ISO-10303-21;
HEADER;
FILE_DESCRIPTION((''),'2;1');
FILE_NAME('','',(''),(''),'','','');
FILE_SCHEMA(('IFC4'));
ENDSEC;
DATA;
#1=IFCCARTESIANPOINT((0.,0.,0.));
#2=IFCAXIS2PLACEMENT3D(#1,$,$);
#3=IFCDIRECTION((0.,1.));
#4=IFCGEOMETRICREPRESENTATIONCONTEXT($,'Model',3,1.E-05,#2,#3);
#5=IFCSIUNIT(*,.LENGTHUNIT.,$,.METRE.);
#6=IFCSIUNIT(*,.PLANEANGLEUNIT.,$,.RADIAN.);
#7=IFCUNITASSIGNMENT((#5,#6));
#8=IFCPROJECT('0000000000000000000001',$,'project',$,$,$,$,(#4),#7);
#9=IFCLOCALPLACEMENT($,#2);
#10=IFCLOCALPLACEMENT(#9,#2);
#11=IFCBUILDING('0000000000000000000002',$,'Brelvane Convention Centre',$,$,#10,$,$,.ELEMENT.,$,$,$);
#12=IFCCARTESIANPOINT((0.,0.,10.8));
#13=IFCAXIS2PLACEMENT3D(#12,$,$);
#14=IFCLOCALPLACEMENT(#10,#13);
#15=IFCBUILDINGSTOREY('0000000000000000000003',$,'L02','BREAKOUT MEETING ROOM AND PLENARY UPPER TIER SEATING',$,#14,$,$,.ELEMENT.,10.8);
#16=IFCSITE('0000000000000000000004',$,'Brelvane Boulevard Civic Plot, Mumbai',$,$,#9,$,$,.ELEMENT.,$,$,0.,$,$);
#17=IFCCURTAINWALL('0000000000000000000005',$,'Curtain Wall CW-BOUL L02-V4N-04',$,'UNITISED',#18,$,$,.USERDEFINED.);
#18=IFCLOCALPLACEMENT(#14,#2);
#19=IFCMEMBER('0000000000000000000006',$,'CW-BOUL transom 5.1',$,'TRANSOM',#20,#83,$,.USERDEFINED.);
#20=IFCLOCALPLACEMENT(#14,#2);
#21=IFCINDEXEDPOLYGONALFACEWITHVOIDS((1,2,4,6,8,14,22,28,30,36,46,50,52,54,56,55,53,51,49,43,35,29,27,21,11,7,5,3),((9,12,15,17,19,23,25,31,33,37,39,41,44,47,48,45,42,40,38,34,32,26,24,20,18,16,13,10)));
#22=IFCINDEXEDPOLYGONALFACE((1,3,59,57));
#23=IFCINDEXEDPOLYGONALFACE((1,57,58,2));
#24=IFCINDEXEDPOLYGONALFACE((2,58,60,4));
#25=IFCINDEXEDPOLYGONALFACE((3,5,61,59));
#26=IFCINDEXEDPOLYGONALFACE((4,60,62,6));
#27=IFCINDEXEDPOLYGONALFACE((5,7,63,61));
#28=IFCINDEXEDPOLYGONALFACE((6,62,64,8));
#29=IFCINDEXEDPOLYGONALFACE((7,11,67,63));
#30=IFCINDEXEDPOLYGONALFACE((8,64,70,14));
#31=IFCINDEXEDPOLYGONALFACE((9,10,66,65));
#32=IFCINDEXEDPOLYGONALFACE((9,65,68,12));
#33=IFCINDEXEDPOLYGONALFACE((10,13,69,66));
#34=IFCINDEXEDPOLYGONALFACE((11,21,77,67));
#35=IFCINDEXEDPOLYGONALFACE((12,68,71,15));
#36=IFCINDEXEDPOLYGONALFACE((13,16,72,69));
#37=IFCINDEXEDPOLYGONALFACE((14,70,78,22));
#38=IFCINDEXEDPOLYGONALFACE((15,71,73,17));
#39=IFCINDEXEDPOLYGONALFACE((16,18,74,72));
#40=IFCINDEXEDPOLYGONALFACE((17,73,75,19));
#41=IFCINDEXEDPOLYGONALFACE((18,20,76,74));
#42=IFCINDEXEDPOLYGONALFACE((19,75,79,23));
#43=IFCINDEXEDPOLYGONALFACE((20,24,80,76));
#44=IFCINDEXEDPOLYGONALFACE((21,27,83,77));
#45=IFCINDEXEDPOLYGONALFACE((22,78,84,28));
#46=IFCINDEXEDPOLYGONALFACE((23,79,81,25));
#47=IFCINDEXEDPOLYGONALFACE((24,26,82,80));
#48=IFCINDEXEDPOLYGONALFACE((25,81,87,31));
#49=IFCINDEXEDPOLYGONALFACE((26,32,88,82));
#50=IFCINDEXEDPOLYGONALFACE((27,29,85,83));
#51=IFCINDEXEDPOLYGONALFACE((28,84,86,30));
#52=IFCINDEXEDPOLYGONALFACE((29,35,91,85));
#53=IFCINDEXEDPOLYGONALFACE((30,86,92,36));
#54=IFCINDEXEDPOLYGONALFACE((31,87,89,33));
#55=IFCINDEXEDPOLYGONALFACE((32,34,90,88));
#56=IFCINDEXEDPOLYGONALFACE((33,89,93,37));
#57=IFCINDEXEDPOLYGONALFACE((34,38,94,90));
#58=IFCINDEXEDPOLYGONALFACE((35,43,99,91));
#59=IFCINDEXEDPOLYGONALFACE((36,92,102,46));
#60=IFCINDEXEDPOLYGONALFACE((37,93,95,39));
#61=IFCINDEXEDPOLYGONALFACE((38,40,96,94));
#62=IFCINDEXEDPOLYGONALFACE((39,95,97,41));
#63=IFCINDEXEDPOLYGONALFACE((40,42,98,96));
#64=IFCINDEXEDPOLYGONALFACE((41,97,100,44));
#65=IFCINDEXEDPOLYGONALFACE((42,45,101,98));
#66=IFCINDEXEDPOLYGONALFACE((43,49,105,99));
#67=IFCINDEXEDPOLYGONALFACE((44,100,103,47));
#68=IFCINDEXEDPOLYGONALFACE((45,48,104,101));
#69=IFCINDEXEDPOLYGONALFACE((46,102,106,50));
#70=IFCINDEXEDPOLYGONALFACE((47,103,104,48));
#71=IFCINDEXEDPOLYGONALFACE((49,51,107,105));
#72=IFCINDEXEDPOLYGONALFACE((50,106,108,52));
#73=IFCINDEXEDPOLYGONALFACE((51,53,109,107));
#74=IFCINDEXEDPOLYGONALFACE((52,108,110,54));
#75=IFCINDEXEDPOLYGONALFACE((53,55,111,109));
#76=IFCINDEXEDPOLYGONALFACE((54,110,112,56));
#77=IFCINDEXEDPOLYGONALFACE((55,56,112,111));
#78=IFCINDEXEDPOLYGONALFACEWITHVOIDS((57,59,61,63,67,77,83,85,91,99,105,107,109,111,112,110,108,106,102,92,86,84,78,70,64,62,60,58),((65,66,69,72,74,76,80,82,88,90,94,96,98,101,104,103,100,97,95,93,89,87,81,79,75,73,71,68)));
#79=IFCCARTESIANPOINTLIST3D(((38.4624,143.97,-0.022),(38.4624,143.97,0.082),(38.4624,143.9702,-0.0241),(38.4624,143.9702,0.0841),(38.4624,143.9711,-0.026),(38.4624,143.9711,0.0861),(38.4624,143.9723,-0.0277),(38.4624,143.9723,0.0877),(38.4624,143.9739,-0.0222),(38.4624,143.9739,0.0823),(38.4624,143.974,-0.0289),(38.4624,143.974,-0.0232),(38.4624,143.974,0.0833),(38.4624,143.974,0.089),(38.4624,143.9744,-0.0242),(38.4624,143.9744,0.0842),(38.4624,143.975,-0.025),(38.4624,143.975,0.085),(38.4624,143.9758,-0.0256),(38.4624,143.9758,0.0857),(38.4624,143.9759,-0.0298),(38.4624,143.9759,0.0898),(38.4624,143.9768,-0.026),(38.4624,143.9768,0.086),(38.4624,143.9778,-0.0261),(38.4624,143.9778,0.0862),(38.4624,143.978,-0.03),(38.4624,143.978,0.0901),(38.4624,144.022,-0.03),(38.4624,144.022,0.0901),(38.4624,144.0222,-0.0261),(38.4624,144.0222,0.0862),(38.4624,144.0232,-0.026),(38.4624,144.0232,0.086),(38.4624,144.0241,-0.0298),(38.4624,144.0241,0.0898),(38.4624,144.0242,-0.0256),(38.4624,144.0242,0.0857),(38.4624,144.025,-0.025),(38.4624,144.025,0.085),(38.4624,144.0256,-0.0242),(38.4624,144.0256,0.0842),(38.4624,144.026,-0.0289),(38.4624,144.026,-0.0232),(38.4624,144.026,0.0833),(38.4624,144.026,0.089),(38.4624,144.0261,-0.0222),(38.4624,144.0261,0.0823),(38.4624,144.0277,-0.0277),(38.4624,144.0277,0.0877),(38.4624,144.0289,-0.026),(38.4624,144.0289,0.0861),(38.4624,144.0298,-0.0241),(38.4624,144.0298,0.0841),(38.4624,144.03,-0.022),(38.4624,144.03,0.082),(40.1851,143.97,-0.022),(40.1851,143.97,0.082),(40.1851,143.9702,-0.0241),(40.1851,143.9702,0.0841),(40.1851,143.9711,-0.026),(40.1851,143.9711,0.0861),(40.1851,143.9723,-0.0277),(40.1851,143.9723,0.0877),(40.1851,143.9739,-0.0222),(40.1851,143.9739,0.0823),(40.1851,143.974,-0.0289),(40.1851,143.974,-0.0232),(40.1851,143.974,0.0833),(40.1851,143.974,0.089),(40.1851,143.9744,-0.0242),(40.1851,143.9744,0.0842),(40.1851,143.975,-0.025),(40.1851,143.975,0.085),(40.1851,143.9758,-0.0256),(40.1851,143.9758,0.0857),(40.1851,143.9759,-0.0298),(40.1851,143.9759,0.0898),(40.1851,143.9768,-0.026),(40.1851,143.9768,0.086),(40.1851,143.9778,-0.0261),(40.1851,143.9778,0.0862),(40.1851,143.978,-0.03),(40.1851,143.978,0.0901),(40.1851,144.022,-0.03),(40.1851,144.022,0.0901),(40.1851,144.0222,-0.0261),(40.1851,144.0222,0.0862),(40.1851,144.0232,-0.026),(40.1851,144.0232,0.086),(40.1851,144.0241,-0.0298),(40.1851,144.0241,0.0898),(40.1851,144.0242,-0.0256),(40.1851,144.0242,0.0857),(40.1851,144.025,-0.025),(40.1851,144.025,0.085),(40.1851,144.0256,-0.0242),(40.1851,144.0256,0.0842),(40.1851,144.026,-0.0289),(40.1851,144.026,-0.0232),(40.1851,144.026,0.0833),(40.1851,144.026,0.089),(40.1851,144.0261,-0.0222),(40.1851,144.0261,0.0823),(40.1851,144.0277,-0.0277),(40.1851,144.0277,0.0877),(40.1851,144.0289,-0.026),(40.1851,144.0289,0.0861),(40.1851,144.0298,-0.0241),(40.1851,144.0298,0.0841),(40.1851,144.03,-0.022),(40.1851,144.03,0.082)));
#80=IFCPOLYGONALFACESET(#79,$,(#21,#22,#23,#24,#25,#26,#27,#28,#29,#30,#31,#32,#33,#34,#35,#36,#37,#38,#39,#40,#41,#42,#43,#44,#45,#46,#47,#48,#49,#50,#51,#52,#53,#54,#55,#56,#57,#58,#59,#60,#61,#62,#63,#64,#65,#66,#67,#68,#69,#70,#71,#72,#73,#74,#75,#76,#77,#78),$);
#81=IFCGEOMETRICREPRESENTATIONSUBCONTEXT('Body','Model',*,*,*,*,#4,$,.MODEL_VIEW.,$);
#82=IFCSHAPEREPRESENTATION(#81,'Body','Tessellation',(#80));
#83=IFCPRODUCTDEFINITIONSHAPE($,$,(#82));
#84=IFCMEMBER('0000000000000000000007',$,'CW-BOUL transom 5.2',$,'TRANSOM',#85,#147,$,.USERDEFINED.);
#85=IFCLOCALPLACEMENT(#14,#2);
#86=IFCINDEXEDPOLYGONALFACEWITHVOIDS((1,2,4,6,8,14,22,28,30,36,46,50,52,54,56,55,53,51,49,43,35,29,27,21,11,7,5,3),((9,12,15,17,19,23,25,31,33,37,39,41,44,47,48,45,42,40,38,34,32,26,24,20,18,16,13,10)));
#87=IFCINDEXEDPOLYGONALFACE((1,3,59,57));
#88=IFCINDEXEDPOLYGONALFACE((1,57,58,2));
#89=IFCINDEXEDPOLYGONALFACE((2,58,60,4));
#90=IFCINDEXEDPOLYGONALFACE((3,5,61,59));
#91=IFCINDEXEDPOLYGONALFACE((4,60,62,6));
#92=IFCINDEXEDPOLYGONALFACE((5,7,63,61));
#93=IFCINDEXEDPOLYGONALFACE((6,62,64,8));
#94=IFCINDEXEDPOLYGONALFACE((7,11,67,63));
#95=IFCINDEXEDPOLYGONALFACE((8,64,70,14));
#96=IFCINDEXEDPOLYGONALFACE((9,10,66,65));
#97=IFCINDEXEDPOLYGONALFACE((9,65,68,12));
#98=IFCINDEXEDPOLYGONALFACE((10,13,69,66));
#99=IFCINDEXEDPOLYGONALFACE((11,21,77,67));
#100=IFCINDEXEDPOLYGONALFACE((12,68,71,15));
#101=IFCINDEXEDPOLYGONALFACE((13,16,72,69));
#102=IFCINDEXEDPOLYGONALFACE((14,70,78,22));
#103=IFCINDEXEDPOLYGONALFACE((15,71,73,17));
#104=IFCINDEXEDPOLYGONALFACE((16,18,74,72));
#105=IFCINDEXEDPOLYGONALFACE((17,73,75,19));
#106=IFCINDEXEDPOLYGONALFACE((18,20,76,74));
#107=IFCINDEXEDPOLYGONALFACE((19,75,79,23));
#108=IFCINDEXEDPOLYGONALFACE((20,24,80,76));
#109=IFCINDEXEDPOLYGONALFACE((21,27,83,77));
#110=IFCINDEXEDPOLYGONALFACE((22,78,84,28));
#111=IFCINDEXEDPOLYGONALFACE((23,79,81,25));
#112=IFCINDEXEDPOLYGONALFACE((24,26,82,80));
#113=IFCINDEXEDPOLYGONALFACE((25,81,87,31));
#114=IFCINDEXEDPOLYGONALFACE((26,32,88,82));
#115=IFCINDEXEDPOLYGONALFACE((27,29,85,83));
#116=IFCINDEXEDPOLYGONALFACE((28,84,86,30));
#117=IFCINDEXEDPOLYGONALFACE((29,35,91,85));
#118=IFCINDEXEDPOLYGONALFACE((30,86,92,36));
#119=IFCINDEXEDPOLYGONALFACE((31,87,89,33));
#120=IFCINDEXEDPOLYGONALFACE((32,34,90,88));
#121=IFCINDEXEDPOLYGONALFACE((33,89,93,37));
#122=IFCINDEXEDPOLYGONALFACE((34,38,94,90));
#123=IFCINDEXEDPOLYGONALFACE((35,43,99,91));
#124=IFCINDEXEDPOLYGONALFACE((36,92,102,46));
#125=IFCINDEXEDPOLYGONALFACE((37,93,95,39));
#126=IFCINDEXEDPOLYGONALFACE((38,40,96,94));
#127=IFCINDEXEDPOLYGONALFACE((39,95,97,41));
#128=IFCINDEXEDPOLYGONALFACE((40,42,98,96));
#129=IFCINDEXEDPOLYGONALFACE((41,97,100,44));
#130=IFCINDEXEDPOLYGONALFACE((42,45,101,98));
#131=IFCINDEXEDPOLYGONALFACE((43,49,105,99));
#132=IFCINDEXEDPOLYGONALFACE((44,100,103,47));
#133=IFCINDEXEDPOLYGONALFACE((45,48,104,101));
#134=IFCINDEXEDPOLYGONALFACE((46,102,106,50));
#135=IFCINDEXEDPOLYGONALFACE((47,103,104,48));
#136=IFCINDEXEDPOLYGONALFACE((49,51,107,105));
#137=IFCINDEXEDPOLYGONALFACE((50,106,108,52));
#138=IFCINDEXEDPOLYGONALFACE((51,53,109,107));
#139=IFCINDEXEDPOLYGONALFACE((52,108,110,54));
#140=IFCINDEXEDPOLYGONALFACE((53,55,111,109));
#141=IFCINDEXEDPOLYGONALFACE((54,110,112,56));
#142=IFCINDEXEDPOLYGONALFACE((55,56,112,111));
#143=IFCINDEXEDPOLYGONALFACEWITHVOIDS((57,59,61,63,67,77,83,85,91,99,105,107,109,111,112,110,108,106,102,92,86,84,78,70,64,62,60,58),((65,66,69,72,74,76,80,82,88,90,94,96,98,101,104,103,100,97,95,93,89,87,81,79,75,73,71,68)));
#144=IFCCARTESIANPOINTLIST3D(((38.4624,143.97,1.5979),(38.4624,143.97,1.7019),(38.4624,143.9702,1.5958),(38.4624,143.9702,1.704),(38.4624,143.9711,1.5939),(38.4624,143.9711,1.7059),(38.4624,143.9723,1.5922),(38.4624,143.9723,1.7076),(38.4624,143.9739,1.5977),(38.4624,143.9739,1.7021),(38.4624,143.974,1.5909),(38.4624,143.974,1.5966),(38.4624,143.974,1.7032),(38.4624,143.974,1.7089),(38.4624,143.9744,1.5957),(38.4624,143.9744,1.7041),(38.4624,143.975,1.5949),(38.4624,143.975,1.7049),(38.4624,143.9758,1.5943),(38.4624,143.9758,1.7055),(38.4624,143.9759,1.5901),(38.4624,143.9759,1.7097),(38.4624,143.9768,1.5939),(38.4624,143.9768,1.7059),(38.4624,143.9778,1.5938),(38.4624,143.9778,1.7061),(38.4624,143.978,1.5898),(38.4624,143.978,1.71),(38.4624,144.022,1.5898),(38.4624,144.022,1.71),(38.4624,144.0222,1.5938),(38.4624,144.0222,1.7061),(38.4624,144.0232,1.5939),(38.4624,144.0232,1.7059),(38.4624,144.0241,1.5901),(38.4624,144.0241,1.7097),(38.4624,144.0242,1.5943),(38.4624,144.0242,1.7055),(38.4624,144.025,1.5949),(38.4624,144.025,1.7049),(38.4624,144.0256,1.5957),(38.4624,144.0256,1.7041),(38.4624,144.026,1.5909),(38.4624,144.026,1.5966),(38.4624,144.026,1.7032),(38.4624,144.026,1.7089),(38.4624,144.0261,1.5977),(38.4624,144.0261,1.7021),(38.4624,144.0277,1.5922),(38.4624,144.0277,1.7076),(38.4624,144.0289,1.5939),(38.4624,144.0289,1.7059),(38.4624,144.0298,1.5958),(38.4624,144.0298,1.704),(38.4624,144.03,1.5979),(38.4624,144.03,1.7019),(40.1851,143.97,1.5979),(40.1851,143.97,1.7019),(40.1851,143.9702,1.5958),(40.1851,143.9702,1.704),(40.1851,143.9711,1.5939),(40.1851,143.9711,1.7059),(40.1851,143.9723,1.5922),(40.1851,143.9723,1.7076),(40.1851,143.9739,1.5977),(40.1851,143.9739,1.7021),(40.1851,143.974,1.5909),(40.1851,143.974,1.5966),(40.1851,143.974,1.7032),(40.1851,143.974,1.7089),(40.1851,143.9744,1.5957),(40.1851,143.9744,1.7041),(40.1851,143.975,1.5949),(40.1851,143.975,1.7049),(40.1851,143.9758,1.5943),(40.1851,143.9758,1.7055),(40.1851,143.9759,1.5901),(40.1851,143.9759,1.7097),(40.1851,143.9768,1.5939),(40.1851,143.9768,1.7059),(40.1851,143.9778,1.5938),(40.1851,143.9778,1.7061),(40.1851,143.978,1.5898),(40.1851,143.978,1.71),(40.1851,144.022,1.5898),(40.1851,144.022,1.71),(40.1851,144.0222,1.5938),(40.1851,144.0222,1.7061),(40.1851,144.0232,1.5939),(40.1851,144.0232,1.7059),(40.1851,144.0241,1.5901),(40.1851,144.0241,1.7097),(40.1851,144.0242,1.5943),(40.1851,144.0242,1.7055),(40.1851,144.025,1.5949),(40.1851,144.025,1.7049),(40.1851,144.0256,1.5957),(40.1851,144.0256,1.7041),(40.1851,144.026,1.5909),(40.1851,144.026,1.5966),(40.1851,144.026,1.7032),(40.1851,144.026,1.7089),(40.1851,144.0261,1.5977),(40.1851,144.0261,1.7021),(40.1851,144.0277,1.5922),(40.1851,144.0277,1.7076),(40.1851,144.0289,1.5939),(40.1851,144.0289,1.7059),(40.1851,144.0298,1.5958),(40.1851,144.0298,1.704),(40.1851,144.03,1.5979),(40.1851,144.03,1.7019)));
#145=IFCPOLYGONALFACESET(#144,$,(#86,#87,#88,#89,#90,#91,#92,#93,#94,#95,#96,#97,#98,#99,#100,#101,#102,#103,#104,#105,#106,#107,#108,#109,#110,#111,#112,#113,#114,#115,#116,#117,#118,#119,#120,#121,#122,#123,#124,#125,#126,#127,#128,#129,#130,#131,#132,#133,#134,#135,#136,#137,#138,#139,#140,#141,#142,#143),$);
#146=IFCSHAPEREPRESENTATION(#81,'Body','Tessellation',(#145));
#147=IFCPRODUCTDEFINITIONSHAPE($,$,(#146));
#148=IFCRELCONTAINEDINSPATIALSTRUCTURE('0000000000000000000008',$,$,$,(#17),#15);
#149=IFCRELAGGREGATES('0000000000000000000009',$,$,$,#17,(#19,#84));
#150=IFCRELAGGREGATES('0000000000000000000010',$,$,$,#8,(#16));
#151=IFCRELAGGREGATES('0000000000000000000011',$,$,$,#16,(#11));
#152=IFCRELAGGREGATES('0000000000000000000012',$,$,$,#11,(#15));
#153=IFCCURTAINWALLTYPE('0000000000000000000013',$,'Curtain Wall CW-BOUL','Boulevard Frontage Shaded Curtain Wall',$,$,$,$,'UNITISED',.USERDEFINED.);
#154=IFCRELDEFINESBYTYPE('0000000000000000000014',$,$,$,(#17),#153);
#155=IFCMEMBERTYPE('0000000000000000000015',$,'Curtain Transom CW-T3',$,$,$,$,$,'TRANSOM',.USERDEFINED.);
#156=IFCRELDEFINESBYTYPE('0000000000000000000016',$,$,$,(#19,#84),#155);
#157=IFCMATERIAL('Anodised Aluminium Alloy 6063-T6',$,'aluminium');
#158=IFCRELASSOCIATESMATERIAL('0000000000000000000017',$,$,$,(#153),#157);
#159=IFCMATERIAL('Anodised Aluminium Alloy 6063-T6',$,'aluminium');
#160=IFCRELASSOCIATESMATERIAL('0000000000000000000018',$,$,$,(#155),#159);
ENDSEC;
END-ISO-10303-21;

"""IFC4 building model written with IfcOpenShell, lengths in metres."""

from ifc_helpers import new_model, si_unit, direction, frame, origin, origin_2d, place, context, subcontext, project, spatial, hollow_rectangle, extrude, material, material_profile, profile_set, type_object, element, aggregate, save


model = new_model("IFC4")

# Units and contexts
model_context = context("Model", 3, precision=1e-05, world=origin(), true_north=direction((0.0, 1.0)))
body_context = subcontext(model_context, "Body", "Model", "MODEL_VIEW")
ifc_project = project(units=[si_unit("LENGTHUNIT", "METRE"), si_unit("PLANEANGLEUNIT", "RADIAN")], contexts=[model_context])

# Site, building, storey
site_placement = place(None, origin())
site = spatial("IfcSite", under=ifc_project, at=site_placement, Name="Brelvane Boulevard Civic Plot, Mumbai", CompositionType="ELEMENT", RefElevation=0.0)
building_placement = place(site_placement, origin())
building = spatial("IfcBuilding", under=site, at=building_placement, Name="Brelvane Convention Centre", CompositionType="ELEMENT")
storey_placement = place(building_placement, frame((0.0, 0.0, 10.8)))
storey = spatial("IfcBuildingStorey", under=building, at=storey_placement, Name="L02", Description="BREAKOUT MEETING ROOM AND PLENARY UPPER TIER SEATING", CompositionType="ELEMENT", Elevation=10.8)

# Curtain wall, members
ifc_material_1 = material(Name="Anodised Aluminium Alloy 6063-T6", Category="aluminium")
curtain_wall_type = type_object("IfcCurtainWallType", Name="Curtain Wall CW-BOUL", Description="Boulevard Frontage Shaded Curtain Wall", ElementType="UNITISED", PredefinedType="USERDEFINED", material=ifc_material_1)
curtain_wall_placement = place(storey_placement, origin())
curtain_wall = element("IfcCurtainWall", 1, at=curtain_wall_placement, inside=storey, type_object=curtain_wall_type, Name="Curtain Wall CW-BOUL L02-V4N-04", ObjectType="UNITISED", PredefinedType="USERDEFINED")
ifc_material_2 = material(Name="Anodised Aluminium Alloy 6063-T6", Category="aluminium")
ifc_material_profile_1 = material_profile(ifc_material_2, hollow_rectangle(XDim=0.0601, YDim=0.1201, WallThickness=0.0039, InnerFilletRadius=0.0039, OuterFilletRadius=0.0081, at=origin_2d()), Name="ALU-T 120x60x4.0")
ifc_profile_set_1 = profile_set([ifc_material_profile_1], Name="Anodised Aluminium Alloy 6063-T6")
member_type_1 = type_object("IfcMemberType", Name="Curtain Transom CW-T3", ElementType="TRANSOM", PredefinedType="USERDEFINED", material=ifc_profile_set_1)
member_1_placement = place(storey_placement, frame((38.4624, 144.0, 0.03), z_axis=(1.0, 0.0, 0.0), x_axis=(0.0, 1.0, 0.0)))
member_1 = element("IfcMember", 2, at=member_1_placement, type_object=member_type_1, Name="CW-BOUL transom 5.1", ObjectType="TRANSOM", PredefinedType="USERDEFINED", context=body_context, shape_type="SweptSolid", body=[
    extrude(hollow_rectangle(XDim=0.0601, YDim=0.1201, WallThickness=0.0039, InnerFilletRadius=0.0039, OuterFilletRadius=0.0081, at=origin_2d()), origin(), (0.0, 0.0, 1.0), 1.7227),
])
member_2_placement = place(storey_placement, frame((38.4624, 144.0, 1.6499), z_axis=(1.0, 0.0, 0.0), x_axis=(0.0, 1.0, 0.0)))
member_2 = element("IfcMember", 3, at=member_2_placement, type_object=member_type_1, Name="CW-BOUL transom 5.2", ObjectType="TRANSOM", PredefinedType="USERDEFINED", context=body_context, shape_type="SweptSolid", body=[
    extrude(hollow_rectangle(XDim=0.0601, YDim=0.1201, WallThickness=0.0039, InnerFilletRadius=0.0039, OuterFilletRadius=0.0081, at=origin_2d()), origin(), (0.0, 0.0, 1.0), 1.7227),
])

aggregate(curtain_wall, [member_1, member_2])

save(model, "model.ifc")
